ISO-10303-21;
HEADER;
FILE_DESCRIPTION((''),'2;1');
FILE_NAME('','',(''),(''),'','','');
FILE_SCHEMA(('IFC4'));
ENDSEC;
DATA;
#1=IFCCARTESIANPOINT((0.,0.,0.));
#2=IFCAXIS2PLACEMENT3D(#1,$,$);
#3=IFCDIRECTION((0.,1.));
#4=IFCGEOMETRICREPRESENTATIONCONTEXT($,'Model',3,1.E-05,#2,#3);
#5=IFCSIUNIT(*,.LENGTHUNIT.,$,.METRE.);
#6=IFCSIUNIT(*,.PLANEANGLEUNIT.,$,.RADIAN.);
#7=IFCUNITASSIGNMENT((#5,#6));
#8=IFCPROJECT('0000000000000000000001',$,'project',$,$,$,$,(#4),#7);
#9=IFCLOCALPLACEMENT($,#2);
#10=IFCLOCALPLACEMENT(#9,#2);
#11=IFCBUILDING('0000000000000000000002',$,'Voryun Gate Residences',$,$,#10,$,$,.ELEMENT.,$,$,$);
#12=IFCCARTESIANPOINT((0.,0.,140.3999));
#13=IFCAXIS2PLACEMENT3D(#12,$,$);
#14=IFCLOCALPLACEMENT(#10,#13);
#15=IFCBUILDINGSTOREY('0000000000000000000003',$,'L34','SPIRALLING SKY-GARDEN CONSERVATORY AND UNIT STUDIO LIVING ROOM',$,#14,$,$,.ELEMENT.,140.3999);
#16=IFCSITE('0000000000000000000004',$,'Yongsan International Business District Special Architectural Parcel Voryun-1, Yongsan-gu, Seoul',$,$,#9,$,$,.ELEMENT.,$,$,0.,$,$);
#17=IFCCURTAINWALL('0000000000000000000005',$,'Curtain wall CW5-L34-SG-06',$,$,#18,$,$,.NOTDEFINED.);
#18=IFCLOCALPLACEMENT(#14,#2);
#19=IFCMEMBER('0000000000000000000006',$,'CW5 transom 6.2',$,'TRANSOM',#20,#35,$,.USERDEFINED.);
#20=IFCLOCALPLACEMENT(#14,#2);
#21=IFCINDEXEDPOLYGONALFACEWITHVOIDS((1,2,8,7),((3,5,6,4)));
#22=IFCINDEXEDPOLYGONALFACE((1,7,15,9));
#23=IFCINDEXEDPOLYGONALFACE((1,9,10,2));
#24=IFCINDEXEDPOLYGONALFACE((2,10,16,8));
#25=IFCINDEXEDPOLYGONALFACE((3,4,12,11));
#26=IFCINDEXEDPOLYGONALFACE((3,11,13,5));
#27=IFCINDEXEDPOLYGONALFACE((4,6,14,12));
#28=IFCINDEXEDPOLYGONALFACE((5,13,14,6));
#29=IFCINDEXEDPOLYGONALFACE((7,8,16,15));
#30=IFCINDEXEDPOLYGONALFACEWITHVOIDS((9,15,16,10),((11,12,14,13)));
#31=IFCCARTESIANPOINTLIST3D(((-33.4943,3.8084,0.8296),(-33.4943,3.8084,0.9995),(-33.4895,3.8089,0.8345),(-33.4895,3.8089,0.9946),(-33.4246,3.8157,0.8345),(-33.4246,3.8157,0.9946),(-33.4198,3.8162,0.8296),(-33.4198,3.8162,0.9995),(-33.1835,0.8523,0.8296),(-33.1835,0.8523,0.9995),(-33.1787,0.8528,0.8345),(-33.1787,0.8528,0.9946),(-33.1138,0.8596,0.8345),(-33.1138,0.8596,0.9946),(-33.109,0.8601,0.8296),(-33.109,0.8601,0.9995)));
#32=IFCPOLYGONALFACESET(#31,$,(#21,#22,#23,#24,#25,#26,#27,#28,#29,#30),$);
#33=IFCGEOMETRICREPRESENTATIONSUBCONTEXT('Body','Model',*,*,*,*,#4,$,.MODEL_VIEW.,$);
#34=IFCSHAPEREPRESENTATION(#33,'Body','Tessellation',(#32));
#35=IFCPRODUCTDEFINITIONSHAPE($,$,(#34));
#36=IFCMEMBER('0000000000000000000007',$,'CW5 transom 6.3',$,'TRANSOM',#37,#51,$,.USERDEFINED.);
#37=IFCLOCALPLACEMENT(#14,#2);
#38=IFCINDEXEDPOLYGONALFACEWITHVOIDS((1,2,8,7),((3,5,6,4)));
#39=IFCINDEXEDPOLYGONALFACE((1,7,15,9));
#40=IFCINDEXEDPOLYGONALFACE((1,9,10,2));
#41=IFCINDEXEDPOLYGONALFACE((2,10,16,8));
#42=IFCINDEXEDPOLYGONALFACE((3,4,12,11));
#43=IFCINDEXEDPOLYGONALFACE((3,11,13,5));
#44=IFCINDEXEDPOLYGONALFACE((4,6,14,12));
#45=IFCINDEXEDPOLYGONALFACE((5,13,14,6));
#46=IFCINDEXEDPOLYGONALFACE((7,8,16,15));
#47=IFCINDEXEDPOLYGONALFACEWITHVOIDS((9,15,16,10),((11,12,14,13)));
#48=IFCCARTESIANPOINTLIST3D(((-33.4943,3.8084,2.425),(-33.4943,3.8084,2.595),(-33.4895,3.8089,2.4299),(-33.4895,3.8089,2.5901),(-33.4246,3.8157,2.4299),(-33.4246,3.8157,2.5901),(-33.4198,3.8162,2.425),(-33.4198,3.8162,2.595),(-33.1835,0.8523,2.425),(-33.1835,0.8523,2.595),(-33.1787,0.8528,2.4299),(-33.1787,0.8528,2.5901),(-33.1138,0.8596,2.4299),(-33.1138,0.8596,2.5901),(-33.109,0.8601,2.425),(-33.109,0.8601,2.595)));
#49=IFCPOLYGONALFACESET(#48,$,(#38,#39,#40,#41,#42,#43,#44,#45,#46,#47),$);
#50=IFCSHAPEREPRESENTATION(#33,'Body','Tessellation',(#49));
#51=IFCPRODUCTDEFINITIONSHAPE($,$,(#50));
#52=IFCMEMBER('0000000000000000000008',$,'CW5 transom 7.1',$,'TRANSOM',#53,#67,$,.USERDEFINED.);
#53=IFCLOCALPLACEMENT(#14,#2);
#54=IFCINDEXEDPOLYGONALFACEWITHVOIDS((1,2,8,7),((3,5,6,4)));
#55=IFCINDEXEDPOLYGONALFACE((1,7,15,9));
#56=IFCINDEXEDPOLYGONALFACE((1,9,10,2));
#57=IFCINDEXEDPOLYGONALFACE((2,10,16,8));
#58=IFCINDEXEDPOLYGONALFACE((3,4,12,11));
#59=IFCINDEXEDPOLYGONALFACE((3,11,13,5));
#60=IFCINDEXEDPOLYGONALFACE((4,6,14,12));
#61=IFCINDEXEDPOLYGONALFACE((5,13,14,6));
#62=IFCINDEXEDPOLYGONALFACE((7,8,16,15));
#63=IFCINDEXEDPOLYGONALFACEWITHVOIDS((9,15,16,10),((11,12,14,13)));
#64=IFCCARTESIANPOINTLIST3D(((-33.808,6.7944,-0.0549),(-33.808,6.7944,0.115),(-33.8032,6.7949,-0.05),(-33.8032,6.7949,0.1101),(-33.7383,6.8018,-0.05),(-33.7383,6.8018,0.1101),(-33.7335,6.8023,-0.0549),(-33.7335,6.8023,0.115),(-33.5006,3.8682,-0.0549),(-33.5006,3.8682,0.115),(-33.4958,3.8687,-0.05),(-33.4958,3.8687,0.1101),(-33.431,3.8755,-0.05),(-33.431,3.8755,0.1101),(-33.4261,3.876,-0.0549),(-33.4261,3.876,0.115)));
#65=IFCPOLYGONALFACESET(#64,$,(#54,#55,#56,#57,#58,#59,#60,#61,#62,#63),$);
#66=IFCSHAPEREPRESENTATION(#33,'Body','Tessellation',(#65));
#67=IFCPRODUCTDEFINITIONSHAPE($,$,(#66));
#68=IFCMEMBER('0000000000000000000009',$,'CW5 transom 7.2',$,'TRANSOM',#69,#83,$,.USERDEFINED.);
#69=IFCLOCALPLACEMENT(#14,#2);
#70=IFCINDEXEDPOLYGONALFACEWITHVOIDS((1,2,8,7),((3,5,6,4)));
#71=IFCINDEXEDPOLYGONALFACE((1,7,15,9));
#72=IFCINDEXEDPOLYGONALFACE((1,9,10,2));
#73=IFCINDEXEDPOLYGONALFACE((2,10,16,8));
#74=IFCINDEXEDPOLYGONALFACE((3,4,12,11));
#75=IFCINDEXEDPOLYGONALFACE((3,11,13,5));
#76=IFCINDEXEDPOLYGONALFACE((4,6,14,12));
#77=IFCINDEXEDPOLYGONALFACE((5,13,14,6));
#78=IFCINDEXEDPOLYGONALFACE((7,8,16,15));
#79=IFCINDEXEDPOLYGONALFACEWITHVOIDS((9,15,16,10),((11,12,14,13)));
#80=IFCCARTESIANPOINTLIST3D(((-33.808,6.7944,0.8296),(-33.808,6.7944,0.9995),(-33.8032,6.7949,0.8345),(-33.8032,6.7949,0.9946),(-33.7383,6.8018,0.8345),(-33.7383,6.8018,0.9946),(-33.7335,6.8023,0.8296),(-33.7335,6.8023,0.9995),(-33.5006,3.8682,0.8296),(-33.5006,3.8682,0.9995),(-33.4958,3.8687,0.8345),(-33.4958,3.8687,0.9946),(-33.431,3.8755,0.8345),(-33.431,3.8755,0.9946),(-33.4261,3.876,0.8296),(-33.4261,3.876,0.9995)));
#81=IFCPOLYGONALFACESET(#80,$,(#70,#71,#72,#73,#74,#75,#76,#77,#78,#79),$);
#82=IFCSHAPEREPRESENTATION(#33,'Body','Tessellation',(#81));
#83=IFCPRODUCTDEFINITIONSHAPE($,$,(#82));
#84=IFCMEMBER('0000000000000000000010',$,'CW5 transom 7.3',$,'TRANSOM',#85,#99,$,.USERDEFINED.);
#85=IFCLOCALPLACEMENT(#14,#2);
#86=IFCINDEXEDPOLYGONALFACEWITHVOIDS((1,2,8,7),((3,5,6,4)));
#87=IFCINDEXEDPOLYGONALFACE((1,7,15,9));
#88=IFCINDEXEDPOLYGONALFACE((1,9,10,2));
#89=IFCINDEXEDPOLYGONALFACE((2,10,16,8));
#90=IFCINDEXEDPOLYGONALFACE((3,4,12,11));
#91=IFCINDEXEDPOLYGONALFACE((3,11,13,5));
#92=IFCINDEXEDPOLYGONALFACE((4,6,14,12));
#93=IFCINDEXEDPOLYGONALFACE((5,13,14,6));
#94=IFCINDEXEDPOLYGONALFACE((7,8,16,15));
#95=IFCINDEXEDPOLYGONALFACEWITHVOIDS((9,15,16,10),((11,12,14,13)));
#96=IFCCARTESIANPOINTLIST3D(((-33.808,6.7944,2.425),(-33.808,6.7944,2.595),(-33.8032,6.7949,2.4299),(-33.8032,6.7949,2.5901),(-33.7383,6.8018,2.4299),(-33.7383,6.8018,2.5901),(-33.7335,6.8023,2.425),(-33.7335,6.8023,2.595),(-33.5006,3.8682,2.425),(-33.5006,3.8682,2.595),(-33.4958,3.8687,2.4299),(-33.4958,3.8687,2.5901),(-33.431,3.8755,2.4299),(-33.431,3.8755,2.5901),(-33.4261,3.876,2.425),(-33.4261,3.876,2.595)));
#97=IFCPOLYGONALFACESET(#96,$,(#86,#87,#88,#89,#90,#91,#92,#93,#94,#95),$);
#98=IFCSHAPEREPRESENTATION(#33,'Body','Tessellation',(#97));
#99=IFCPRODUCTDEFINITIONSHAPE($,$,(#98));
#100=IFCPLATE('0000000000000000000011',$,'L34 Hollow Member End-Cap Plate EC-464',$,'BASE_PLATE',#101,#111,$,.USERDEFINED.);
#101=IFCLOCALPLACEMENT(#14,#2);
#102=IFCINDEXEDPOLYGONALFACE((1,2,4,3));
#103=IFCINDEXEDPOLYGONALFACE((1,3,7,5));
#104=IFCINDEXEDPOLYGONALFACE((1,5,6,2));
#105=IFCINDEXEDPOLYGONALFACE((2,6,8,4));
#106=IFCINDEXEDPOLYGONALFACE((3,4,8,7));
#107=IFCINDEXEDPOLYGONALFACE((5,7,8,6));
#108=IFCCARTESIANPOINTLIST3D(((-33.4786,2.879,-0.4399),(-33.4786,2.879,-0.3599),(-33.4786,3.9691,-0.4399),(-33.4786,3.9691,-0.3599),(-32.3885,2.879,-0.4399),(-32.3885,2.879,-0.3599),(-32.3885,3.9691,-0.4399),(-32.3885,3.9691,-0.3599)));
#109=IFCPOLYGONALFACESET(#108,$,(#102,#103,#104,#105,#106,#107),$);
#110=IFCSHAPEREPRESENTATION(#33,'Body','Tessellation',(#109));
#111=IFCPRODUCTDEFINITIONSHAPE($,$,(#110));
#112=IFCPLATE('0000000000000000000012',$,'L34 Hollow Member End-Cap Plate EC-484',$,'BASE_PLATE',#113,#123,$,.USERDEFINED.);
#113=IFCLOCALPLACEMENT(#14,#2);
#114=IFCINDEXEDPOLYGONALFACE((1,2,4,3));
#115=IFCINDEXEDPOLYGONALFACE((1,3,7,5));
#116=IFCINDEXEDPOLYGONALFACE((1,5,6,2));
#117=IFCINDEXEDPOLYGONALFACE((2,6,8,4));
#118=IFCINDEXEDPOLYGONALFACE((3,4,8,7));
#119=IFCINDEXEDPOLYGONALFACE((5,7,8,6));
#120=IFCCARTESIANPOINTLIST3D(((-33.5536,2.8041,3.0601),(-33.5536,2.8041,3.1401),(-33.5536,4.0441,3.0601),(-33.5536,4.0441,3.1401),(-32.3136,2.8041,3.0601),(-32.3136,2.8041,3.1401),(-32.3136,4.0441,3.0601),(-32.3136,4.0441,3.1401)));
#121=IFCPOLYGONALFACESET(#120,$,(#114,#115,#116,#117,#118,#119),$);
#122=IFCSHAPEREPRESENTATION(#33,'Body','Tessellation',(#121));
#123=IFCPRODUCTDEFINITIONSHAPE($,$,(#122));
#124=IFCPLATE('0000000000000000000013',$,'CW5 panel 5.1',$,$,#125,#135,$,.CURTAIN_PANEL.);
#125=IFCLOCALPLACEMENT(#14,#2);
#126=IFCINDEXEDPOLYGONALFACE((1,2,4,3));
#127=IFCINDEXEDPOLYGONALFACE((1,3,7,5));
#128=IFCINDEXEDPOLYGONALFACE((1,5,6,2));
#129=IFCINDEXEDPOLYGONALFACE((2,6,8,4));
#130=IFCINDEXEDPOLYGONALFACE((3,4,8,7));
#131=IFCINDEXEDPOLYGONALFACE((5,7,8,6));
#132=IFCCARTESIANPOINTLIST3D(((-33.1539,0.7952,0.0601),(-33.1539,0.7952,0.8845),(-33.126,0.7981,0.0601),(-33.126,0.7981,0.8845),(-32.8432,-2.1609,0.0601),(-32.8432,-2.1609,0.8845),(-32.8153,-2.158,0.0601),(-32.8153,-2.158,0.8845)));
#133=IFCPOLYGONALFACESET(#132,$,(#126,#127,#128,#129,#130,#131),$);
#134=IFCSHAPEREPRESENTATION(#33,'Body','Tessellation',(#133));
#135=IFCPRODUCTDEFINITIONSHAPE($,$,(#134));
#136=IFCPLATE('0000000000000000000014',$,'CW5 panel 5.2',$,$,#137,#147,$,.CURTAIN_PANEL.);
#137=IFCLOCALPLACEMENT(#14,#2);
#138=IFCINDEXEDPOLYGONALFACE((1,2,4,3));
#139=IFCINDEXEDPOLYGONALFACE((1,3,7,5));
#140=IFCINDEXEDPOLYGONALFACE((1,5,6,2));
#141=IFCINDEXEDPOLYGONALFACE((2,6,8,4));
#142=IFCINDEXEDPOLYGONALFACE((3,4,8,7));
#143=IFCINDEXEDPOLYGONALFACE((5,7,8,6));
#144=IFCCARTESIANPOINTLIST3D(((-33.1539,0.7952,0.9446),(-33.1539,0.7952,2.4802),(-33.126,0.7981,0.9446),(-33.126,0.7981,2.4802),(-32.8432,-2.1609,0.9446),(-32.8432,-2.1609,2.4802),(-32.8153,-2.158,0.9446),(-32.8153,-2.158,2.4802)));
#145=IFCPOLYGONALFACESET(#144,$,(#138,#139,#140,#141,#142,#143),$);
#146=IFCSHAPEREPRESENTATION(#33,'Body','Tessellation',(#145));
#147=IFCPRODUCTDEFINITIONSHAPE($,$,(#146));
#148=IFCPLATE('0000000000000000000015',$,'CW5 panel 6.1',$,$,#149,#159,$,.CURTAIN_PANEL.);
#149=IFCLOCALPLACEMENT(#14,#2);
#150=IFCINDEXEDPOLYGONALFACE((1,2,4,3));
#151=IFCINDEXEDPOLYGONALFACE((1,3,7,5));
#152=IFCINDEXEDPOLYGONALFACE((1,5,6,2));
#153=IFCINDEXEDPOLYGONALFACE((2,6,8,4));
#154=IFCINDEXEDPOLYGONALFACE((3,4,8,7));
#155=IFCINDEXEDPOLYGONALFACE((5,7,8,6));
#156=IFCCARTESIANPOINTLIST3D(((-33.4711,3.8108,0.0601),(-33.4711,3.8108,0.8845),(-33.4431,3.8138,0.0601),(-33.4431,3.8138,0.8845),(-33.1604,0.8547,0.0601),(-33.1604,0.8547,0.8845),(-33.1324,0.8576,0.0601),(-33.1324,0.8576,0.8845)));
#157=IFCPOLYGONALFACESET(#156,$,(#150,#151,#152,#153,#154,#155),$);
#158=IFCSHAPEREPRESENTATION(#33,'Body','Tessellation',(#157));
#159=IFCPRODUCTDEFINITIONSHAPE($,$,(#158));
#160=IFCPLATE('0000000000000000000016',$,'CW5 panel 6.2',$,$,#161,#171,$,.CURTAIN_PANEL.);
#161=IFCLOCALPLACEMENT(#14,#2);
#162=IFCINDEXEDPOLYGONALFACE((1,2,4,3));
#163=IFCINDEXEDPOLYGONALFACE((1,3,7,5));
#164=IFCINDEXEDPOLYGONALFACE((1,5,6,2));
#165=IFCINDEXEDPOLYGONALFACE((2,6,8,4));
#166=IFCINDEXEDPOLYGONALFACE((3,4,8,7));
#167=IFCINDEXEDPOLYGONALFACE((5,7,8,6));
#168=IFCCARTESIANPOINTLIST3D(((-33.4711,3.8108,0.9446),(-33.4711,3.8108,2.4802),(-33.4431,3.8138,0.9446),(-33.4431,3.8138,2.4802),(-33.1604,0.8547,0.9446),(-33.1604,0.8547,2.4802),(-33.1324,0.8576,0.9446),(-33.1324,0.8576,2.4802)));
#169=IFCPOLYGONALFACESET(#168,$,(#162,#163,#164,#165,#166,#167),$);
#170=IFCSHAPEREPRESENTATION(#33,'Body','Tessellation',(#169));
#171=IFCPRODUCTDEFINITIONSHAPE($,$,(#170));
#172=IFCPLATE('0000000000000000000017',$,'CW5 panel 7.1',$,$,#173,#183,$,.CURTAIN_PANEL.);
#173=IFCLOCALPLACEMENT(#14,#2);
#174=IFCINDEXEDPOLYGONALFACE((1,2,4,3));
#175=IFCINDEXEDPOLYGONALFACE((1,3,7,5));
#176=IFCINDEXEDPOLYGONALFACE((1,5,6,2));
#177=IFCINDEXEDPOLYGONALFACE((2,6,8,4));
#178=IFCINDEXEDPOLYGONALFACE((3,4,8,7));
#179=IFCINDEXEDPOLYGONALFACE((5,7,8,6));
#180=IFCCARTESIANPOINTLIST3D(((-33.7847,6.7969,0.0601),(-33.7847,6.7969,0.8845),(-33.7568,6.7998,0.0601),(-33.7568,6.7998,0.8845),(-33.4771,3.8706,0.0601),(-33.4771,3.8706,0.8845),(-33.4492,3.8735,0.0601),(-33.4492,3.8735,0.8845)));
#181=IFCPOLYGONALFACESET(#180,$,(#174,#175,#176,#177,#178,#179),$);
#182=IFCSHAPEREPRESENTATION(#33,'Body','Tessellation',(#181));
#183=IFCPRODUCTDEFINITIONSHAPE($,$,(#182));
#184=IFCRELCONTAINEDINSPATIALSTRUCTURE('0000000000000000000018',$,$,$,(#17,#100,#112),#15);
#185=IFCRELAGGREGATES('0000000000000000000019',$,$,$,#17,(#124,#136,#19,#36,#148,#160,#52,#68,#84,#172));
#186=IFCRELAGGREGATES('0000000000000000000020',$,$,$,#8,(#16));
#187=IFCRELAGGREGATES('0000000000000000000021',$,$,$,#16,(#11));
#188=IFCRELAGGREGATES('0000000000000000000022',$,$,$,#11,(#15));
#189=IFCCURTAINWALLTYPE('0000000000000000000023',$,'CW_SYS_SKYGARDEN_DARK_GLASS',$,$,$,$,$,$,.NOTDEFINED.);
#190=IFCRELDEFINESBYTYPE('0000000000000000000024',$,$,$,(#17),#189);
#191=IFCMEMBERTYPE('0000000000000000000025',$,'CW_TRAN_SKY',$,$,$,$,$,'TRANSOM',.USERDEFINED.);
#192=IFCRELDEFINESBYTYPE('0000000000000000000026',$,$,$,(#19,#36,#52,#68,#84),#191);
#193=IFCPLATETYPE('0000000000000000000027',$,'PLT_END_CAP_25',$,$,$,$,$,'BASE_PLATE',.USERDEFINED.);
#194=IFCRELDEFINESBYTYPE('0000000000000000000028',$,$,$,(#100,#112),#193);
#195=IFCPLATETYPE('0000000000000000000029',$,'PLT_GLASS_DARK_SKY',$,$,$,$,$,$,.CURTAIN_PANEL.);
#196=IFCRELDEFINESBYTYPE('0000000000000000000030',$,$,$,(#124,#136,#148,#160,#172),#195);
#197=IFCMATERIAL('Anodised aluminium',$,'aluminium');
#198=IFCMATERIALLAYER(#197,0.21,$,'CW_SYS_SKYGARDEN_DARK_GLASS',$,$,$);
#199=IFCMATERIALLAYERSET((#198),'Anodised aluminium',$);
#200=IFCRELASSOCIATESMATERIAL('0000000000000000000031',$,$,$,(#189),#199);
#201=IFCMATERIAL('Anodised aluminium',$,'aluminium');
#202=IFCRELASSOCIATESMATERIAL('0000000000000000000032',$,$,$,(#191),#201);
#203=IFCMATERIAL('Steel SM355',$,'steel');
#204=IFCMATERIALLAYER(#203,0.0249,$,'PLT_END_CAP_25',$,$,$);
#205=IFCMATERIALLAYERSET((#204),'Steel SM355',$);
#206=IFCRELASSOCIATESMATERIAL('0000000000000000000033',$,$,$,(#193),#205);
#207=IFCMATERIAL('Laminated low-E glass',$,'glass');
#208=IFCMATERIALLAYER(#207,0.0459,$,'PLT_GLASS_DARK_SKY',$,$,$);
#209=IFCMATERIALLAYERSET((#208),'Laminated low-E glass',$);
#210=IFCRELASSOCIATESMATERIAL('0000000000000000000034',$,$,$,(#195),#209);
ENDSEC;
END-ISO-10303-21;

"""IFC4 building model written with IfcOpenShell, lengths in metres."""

from ifc_helpers import new_model, si_unit, direction, frame, origin, origin_2d, place, context, subcontext, project, spatial, rectangle, hollow_rectangle, extrude, material, layer, layer_set, material_profile, profile_set, type_object, element, aggregate, save


model = new_model("IFC4")

# Units and contexts
model_context = context("Model", 3, precision=1e-05, world=origin(), true_north=direction((0.0, 1.0)))
body_context = subcontext(model_context, "Body", "Model", "MODEL_VIEW")
ifc_project = project(units=[si_unit("LENGTHUNIT", "METRE"), si_unit("PLANEANGLEUNIT", "RADIAN")], contexts=[model_context])

# Site, building, storey
site_placement = place(None, origin())
site = spatial("IfcSite", under=ifc_project, at=site_placement, Name="Yongsan International Business District Special Architectural Parcel Voryun-1, Yongsan-gu, Seoul", CompositionType="ELEMENT", RefElevation=0.0)
building_placement = place(site_placement, origin())
building = spatial("IfcBuilding", under=site, at=building_placement, Name="Voryun Gate Residences", CompositionType="ELEMENT")
storey_placement = place(building_placement, frame((0.0, 0.0, 140.3999)))
storey = spatial("IfcBuildingStorey", under=building, at=storey_placement, Name="L34", Description="SPIRALLING SKY-GARDEN CONSERVATORY AND UNIT STUDIO LIVING ROOM", CompositionType="ELEMENT", Elevation=140.3999)

# Curtain wall, members
ifc_material_1 = material(Name="Anodised aluminium", Category="aluminium")
ifc_layer_1 = layer(ifc_material_1, 0.21, Name="CW_SYS_SKYGARDEN_DARK_GLASS")
ifc_layer_set_1 = layer_set([ifc_layer_1], Name="Anodised aluminium")
curtain_wall_type = type_object("IfcCurtainWallType", Name="CW_SYS_SKYGARDEN_DARK_GLASS", PredefinedType="NOTDEFINED", material=ifc_layer_set_1)
curtain_wall_placement = place(storey_placement, origin())
curtain_wall = element("IfcCurtainWall", 1, at=curtain_wall_placement, inside=storey, type_object=curtain_wall_type, Name="Curtain wall CW5-L34-SG-06", PredefinedType="NOTDEFINED")
ifc_material_2 = material(Name="Anodised aluminium", Category="aluminium")
ifc_material_profile_1 = material_profile(ifc_material_2, hollow_rectangle(XDim=0.075, YDim=0.1699, WallThickness=0.0049, at=origin_2d()), Name="ALU-TRAN-170x75x5")
ifc_profile_set_1 = profile_set([ifc_material_profile_1], Name="Anodised aluminium")
member_type_1 = type_object("IfcMemberType", Name="CW_TRAN_SKY", ElementType="TRANSOM", PredefinedType="USERDEFINED", material=ifc_profile_set_1)
member_1_placement = place(storey_placement, frame((-33.1462, 0.8562, 0.9146), z_axis=(-0.104561, 0.994518, 0.0), x_axis=(-0.994518, -0.104561, 0.0)))
member_1 = element("IfcMember", 2, at=member_1_placement, type_object=member_type_1, Name="CW5 transom 6.2", ObjectType="TRANSOM", PredefinedType="USERDEFINED", context=body_context, shape_type="SweptSolid", body=[
    extrude(hollow_rectangle(XDim=0.075, YDim=0.1699, WallThickness=0.0049, at=origin_2d()), origin(), (0.0, 0.0, 1.0), 2.9724),
])
member_2_placement = place(storey_placement, frame((-33.1462, 0.8562, 2.51), z_axis=(-0.104561, 0.994518, 0.0), x_axis=(-0.994518, -0.104561, 0.0)))
member_2 = element("IfcMember", 3, at=member_2_placement, type_object=member_type_1, Name="CW5 transom 6.3", ObjectType="TRANSOM", PredefinedType="USERDEFINED", context=body_context, shape_type="SweptSolid", body=[
    extrude(hollow_rectangle(XDim=0.075, YDim=0.1699, WallThickness=0.0049, at=origin_2d()), origin(), (0.0, 0.0, 1.0), 2.9724),
])
member_3_placement = place(storey_placement, frame((-33.4634, 3.8721, 0.03), z_axis=(-0.104465, 0.994529, 0.0), x_axis=(-0.994529, -0.104465, 0.0)))
member_3 = element("IfcMember", 4, at=member_3_placement, type_object=member_type_1, Name="CW5 transom 7.1", ObjectType="TRANSOM", PredefinedType="USERDEFINED", context=body_context, shape_type="SweptSolid", body=[
    extrude(hollow_rectangle(XDim=0.075, YDim=0.1699, WallThickness=0.0049, at=origin_2d()), origin(), (0.0, 0.0, 1.0), 2.9424),
])
member_4_placement = place(storey_placement, frame((-33.4634, 3.8721, 0.9146), z_axis=(-0.104465, 0.994529, 0.0), x_axis=(-0.994529, -0.104465, 0.0)))
member_4 = element("IfcMember", 5, at=member_4_placement, type_object=member_type_1, Name="CW5 transom 7.2", ObjectType="TRANSOM", PredefinedType="USERDEFINED", context=body_context, shape_type="SweptSolid", body=[
    extrude(hollow_rectangle(XDim=0.075, YDim=0.1699, WallThickness=0.0049, at=origin_2d()), origin(), (0.0, 0.0, 1.0), 2.9424),
])
member_5_placement = place(storey_placement, frame((-33.4634, 3.8721, 2.51), z_axis=(-0.104465, 0.994529, 0.0), x_axis=(-0.994529, -0.104465, 0.0)))
member_5 = element("IfcMember", 6, at=member_5_placement, type_object=member_type_1, Name="CW5 transom 7.3", ObjectType="TRANSOM", PredefinedType="USERDEFINED", context=body_context, shape_type="SweptSolid", body=[
    extrude(hollow_rectangle(XDim=0.075, YDim=0.1699, WallThickness=0.0049, at=origin_2d()), origin(), (0.0, 0.0, 1.0), 2.9424),
])

# Plates
ifc_material_3 = material(Name="Steel SM355", Category="steel")
ifc_layer_2 = layer(ifc_material_3, 0.0249, Name="PLT_END_CAP_25")
ifc_layer_set_2 = layer_set([ifc_layer_2], Name="Steel SM355")
plate_type_1 = type_object("IfcPlateType", Name="PLT_END_CAP_25", ElementType="BASE_PLATE", PredefinedType="USERDEFINED", material=ifc_layer_set_2)
plate_1_placement = place(storey_placement, frame((-32.9336, 3.4241, -0.4399), z_axis=(0.0, 0.0, 1.0), x_axis=(1.0, 0.0, 0.0)))
element("IfcPlate", 7, at=plate_1_placement, inside=storey, type_object=plate_type_1, Name="L34 Hollow Member End-Cap Plate EC-464", ObjectType="BASE_PLATE", PredefinedType="USERDEFINED", context=body_context, shape_type="SweptSolid", body=[
    extrude(rectangle(XDim=1.0901, YDim=1.0901, at=origin_2d()), origin(), (0.0, 0.0, 1.0), 0.0801),
])
plate_2_placement = place(storey_placement, frame((-32.9336, 3.4241, 3.0601), z_axis=(0.0, 0.0, 1.0), x_axis=(1.0, 0.0, 0.0)))
element("IfcPlate", 8, at=plate_2_placement, inside=storey, type_object=plate_type_1, Name="L34 Hollow Member End-Cap Plate EC-484", ObjectType="BASE_PLATE", PredefinedType="USERDEFINED", context=body_context, shape_type="SweptSolid", body=[
    extrude(rectangle(XDim=1.24, YDim=1.24, at=origin_2d()), origin(), (0.0, 0.0, 1.0), 0.0801),
])

# Plates
ifc_material_4 = material(Name="Laminated low-E glass", Category="glass")
ifc_layer_3 = layer(ifc_material_4, 0.0459, Name="PLT_GLASS_DARK_SKY")
ifc_layer_set_3 = layer_set([ifc_layer_3], Name="Laminated low-E glass")
plate_type_2 = type_object("IfcPlateType", Name="PLT_GLASS_DARK_SKY", PredefinedType="CURTAIN_PANEL", material=ifc_layer_set_3)
plate_3_placement = place(storey_placement, frame((-32.9846, -0.6814, 0.0601), z_axis=(0.0, 0.0, 1.0), x_axis=(-0.10453, 0.994522, 0.0)))
plate_3 = element("IfcPlate", 9, at=plate_3_placement, type_object=plate_type_2, Name="CW5 panel 5.1", PredefinedType="CURTAIN_PANEL", context=body_context, shape_type="SweptSolid", body=[
    extrude(rectangle(XDim=2.9724, YDim=0.0281, at=origin_2d()), origin(), (0.0, 0.0, 1.0), 0.8245),
])
plate_4_placement = place(storey_placement, frame((-32.9846, -0.6814, 0.9446), z_axis=(0.0, 0.0, 1.0), x_axis=(-0.10453, 0.994522, 0.0)))
plate_4 = element("IfcPlate", 10, at=plate_4_placement, type_object=plate_type_2, Name="CW5 panel 5.2", PredefinedType="CURTAIN_PANEL", context=body_context, shape_type="SweptSolid", body=[
    extrude(rectangle(XDim=2.9724, YDim=0.0281, at=origin_2d()), origin(), (0.0, 0.0, 1.0), 1.5356),
])
plate_5_placement = place(storey_placement, frame((-33.3018, 2.3342, 0.0601), z_axis=(0.0, 0.0, 1.0), x_axis=(-0.10453, 0.994522, 0.0)))
plate_5 = element("IfcPlate", 11, at=plate_5_placement, type_object=plate_type_2, Name="CW5 panel 6.1", PredefinedType="CURTAIN_PANEL", context=body_context, shape_type="SweptSolid", body=[
    extrude(rectangle(XDim=2.9724, YDim=0.0281, at=origin_2d()), origin(), (0.0, 0.0, 1.0), 0.8245),
])
plate_6_placement = place(storey_placement, frame((-33.3018, 2.3342, 0.9446), z_axis=(0.0, 0.0, 1.0), x_axis=(-0.10453, 0.994522, 0.0)))
plate_6 = element("IfcPlate", 12, at=plate_6_placement, type_object=plate_type_2, Name="CW5 panel 6.2", PredefinedType="CURTAIN_PANEL", context=body_context, shape_type="SweptSolid", body=[
    extrude(rectangle(XDim=2.9724, YDim=0.0281, at=origin_2d()), origin(), (0.0, 0.0, 1.0), 1.5356),
])
plate_7_placement = place(storey_placement, frame((-33.6169, 5.3352, 0.0601), z_axis=(0.0, 0.0, 1.0), x_axis=(-0.10453, 0.994522, 0.0)))
plate_7 = element("IfcPlate", 13, at=plate_7_placement, type_object=plate_type_2, Name="CW5 panel 7.1", PredefinedType="CURTAIN_PANEL", context=body_context, shape_type="SweptSolid", body=[
    extrude(rectangle(XDim=2.9424, YDim=0.0281, at=origin_2d()), origin(), (0.0, 0.0, 1.0), 0.8245),
])
aggregate(curtain_wall, [plate_3, plate_4, member_1, member_2, plate_5, plate_6, member_3, member_4, member_5, plate_7])

save(model, "model.ifc")
